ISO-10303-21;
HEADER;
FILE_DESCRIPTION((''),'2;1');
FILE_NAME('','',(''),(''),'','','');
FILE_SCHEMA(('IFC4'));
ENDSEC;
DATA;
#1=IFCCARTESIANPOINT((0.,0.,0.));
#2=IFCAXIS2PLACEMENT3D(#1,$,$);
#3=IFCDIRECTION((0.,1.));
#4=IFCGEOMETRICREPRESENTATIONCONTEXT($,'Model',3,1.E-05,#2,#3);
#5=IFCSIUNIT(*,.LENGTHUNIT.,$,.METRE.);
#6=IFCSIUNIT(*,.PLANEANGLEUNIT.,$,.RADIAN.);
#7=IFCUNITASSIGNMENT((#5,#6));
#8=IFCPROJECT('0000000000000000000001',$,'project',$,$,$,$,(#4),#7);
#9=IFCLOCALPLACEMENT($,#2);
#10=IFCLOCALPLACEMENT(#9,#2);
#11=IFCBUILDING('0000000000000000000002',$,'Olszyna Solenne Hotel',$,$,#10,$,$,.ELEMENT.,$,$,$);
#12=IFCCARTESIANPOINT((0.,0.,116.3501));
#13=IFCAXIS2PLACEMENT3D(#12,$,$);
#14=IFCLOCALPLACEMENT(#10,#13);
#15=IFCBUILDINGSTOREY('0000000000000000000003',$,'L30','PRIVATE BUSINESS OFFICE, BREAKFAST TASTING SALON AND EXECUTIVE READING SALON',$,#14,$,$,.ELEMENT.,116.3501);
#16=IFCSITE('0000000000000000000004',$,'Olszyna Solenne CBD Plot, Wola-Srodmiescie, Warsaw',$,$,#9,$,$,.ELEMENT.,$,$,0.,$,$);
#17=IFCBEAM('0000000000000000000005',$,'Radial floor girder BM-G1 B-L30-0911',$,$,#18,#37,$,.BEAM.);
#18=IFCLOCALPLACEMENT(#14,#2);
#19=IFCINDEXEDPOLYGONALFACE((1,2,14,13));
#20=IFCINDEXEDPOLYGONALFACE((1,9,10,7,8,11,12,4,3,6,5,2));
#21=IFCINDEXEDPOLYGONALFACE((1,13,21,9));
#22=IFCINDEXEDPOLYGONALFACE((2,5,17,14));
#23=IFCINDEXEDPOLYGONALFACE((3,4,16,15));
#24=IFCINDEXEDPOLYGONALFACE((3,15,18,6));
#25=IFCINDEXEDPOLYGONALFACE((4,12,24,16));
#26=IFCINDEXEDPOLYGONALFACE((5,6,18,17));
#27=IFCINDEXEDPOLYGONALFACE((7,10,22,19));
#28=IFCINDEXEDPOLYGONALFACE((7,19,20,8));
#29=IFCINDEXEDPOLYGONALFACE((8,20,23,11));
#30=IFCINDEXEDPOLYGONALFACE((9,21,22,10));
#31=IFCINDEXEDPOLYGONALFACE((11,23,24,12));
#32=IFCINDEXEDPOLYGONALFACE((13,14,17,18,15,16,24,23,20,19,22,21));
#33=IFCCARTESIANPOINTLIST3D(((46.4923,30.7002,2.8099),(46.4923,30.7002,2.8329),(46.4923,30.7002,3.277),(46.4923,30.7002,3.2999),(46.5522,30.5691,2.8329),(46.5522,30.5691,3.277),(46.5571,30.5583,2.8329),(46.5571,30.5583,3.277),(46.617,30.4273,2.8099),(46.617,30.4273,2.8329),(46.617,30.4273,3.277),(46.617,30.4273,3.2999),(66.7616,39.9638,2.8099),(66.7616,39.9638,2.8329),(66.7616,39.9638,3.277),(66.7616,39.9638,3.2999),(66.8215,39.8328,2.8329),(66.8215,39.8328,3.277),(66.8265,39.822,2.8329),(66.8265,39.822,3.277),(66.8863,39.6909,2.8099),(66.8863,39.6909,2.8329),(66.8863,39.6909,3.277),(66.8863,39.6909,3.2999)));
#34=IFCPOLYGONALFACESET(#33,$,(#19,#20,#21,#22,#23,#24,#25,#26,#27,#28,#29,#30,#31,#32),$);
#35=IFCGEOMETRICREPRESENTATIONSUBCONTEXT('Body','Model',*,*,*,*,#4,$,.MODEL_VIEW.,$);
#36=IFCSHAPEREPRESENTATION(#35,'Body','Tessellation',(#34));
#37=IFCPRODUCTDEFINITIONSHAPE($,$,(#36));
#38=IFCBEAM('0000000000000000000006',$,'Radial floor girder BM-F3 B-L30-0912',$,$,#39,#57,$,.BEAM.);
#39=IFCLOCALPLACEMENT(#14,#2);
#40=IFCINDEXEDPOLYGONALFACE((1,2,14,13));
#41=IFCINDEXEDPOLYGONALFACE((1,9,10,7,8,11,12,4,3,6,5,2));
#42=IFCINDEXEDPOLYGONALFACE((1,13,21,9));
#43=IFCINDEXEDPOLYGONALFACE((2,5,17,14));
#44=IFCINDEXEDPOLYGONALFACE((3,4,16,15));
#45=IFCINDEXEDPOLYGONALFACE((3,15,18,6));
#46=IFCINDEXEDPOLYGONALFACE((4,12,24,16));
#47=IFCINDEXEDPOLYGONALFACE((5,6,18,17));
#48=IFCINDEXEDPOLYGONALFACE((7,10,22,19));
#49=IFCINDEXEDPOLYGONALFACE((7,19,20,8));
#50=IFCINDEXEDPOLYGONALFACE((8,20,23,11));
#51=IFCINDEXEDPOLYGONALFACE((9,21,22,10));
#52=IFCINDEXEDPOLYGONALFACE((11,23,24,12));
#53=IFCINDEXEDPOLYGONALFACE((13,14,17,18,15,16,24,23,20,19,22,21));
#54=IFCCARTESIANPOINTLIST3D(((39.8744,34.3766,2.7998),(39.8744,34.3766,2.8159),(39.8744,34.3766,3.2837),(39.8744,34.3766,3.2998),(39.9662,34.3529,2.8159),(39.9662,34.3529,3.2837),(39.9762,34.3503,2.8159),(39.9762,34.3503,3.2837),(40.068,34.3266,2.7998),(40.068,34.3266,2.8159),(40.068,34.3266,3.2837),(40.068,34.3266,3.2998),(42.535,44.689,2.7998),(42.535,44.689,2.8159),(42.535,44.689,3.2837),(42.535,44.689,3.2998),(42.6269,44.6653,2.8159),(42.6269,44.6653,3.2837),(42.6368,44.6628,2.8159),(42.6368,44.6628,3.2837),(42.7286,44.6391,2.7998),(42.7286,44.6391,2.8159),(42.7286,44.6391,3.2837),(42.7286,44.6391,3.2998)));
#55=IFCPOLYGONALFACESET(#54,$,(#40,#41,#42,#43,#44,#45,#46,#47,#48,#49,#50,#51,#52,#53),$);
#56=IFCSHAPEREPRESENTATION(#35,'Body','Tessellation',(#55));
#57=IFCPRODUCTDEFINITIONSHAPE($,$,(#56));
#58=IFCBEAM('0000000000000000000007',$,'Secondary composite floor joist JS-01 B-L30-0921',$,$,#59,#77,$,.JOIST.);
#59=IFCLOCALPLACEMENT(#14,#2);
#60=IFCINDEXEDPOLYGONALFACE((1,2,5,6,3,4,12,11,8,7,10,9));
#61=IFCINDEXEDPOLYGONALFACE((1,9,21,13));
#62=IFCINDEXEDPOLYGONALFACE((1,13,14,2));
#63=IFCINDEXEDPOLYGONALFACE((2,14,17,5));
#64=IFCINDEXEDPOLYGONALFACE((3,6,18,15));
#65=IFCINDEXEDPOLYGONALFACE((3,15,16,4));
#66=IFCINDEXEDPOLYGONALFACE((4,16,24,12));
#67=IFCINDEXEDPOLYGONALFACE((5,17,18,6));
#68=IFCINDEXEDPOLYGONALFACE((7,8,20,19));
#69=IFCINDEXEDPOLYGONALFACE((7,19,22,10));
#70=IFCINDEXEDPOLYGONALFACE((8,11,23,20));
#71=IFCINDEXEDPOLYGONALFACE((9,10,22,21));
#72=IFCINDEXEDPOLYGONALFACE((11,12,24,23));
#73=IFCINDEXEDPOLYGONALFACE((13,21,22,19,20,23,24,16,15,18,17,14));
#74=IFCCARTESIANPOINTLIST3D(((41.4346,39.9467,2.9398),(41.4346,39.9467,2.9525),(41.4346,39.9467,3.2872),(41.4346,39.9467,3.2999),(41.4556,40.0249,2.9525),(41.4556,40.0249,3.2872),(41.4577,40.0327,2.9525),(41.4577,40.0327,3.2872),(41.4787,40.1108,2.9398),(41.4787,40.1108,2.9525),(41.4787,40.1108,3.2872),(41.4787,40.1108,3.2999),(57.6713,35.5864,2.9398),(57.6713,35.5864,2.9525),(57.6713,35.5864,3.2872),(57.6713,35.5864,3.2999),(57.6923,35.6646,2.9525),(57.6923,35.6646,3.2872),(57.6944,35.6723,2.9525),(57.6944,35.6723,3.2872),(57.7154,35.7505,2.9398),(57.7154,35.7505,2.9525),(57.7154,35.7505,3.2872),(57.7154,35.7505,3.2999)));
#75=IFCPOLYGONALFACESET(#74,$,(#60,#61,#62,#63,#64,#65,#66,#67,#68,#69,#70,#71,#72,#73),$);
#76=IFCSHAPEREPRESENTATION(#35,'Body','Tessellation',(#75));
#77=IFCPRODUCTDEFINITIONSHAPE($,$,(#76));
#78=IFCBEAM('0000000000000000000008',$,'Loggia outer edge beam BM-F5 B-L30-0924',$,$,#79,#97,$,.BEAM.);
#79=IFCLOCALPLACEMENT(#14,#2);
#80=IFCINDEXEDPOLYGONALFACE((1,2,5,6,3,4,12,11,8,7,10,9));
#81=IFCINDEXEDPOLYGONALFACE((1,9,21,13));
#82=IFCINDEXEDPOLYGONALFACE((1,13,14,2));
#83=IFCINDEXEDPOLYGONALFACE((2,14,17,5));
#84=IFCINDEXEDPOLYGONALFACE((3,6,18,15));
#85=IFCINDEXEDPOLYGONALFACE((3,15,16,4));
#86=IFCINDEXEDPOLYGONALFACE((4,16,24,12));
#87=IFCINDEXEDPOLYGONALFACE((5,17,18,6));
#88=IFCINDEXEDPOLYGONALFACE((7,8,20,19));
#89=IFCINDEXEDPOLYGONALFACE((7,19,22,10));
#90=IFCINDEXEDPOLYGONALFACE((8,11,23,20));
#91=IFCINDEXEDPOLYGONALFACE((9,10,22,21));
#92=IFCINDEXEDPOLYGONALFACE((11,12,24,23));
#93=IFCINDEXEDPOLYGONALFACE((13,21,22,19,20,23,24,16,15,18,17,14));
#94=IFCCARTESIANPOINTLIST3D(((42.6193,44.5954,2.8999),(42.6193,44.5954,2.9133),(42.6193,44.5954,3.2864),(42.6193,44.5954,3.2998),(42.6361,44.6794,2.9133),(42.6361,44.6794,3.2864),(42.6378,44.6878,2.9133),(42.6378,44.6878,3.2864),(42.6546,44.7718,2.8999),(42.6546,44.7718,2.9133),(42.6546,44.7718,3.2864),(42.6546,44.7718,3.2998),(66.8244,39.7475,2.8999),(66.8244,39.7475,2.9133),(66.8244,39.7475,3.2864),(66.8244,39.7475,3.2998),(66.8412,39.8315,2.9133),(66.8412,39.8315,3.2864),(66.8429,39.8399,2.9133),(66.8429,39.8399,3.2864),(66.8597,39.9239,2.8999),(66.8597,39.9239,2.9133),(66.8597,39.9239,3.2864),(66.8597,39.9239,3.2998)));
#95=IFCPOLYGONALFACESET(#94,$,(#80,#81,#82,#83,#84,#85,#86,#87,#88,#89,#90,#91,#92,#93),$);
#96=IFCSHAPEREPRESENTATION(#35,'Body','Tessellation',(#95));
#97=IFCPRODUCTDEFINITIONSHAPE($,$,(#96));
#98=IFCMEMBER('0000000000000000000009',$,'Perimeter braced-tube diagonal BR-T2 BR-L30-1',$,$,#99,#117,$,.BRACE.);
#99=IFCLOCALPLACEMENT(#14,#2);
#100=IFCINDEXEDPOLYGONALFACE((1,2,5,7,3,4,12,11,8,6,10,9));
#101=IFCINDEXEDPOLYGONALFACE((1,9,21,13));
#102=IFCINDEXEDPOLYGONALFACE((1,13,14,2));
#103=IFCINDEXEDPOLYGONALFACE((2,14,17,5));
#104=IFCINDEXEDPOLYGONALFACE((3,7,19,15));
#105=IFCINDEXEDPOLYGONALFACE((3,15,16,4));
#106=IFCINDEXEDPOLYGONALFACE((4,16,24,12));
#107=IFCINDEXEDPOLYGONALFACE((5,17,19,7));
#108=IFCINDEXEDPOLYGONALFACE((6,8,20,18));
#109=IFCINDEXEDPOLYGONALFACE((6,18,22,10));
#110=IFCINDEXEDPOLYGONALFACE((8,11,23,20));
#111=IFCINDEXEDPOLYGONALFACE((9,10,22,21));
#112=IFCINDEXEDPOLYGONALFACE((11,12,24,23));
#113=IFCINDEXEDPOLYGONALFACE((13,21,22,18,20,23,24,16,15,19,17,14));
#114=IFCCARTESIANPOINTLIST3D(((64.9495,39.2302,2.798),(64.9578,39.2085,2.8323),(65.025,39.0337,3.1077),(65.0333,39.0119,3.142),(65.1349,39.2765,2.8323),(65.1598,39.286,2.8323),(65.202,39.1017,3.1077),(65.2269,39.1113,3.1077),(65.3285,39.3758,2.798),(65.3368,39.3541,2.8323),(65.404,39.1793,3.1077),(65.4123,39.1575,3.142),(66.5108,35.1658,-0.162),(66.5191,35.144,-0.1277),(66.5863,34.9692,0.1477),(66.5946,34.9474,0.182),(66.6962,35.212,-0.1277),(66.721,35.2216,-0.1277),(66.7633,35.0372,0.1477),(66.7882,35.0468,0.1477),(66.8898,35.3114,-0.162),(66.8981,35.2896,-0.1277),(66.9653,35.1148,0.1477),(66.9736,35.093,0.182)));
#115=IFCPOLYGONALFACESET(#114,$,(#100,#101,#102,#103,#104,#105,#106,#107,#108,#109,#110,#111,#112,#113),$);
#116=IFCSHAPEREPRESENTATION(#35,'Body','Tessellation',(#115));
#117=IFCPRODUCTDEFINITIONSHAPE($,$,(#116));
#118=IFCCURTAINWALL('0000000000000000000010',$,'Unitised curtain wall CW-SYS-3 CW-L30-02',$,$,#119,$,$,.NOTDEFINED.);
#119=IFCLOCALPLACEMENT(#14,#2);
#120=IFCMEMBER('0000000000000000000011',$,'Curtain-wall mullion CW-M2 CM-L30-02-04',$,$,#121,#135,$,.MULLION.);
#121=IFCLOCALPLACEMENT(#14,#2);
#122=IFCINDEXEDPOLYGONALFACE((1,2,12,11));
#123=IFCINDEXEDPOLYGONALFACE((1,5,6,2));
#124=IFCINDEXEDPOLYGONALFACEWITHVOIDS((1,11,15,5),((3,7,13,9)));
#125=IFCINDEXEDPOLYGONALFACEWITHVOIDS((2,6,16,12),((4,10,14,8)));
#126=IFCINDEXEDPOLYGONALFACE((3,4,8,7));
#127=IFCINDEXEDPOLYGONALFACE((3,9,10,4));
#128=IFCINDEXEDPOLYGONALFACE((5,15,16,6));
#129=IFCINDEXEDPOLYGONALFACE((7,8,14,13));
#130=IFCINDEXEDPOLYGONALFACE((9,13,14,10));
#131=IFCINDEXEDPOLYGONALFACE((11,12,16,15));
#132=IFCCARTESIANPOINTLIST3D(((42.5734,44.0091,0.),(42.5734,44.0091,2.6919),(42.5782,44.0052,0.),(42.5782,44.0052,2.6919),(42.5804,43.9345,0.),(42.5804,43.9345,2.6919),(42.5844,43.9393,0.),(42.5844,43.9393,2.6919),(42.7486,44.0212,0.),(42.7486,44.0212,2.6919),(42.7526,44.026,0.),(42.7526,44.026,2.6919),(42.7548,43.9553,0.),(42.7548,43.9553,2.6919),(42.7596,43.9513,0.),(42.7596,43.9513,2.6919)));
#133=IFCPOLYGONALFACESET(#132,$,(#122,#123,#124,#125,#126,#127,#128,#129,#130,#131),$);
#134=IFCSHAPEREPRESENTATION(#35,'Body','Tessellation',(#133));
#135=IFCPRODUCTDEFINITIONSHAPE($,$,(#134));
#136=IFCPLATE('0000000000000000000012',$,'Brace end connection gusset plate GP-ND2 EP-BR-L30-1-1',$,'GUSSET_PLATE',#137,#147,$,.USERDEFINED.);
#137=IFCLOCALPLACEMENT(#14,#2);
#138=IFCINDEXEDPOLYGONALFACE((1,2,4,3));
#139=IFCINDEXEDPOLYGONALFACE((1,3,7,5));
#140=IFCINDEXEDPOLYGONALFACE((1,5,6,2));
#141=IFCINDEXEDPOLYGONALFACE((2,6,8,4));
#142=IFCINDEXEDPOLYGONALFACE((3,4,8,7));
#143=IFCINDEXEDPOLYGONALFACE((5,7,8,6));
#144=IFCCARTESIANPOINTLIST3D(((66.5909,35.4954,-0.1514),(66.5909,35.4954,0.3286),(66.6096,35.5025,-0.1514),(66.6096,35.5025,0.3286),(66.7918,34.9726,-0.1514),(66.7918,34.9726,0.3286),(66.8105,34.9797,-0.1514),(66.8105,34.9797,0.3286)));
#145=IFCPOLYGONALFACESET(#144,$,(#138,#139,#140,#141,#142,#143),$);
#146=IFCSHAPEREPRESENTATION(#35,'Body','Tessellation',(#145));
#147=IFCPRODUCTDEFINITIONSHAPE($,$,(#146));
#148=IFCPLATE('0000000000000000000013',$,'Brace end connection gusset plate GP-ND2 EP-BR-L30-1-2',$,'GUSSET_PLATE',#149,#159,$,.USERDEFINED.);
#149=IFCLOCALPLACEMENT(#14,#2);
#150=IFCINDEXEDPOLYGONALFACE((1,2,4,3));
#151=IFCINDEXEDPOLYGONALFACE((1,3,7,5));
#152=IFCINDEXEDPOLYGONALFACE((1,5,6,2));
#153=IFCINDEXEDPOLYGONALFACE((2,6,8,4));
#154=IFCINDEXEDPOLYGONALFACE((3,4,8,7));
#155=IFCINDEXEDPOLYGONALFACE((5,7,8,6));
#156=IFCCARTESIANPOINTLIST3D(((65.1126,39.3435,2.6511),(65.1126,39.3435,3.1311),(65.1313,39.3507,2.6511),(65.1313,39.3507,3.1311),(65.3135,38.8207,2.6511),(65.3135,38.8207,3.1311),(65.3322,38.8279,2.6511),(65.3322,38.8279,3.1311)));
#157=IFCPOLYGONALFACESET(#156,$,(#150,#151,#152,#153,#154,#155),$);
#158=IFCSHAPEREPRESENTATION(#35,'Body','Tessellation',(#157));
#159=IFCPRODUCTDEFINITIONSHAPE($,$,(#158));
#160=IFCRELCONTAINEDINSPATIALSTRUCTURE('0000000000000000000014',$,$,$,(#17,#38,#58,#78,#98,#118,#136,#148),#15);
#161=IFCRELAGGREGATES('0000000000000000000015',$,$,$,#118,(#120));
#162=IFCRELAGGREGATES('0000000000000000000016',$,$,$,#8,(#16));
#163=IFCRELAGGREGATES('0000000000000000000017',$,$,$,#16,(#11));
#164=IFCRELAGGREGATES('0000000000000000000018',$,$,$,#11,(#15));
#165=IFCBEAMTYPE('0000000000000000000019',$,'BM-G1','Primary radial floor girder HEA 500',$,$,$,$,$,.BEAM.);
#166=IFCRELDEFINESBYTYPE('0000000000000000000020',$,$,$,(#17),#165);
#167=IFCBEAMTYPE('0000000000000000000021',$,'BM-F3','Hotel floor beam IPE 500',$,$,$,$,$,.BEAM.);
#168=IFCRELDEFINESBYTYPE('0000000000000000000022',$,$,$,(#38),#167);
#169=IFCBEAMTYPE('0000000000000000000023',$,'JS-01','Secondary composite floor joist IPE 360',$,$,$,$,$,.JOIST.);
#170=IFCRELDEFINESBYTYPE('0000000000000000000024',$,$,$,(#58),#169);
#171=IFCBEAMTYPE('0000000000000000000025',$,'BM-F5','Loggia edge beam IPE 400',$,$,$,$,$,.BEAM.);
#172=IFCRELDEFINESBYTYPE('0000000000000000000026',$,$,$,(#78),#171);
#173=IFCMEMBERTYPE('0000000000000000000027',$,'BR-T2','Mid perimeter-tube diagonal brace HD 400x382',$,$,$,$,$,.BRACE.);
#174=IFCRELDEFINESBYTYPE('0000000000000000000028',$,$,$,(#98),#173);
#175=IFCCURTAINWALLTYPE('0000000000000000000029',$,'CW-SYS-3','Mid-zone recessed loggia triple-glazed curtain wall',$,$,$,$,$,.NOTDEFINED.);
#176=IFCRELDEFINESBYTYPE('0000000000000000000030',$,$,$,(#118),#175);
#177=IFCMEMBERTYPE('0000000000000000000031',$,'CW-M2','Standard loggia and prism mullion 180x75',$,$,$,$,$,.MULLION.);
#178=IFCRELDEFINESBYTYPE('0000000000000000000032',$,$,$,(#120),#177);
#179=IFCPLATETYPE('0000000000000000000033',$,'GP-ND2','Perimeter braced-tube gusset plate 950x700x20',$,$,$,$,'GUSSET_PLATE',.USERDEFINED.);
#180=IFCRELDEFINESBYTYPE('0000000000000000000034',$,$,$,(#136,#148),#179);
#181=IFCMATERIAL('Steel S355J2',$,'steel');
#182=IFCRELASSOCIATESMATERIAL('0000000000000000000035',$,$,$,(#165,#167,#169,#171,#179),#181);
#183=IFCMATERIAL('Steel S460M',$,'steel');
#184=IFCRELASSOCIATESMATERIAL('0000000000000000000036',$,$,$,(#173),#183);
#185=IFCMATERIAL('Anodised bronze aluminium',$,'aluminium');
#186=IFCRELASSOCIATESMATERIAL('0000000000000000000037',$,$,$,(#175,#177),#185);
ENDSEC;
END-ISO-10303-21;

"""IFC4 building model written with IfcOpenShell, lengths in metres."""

from ifc_helpers import new_model, si_unit, direction, frame, origin, origin_2d, place, context, subcontext, project, spatial, rectangle, hollow_rectangle, i_section, extrude, source, transform, mapped, material, material_profile, profile_set, type_object, element, aggregate, save


model = new_model("IFC4")

# Units and contexts
model_context = context("Model", 3, precision=1e-05, world=origin(), true_north=direction((0.0, 1.0)))
body_context = subcontext(model_context, "Body", "Model", "MODEL_VIEW")
ifc_project = project(units=[si_unit("LENGTHUNIT", "METRE"), si_unit("PLANEANGLEUNIT", "RADIAN")], contexts=[model_context])

# Site, building, storey
site_placement = place(None, origin())
site = spatial("IfcSite", under=ifc_project, at=site_placement, Name="Olszyna Solenne CBD Plot, Wola-Srodmiescie, Warsaw", CompositionType="ELEMENT", RefElevation=0.0)
building_placement = place(site_placement, origin())
building = spatial("IfcBuilding", under=site, at=building_placement, Name="Olszyna Solenne Hotel", CompositionType="ELEMENT")
storey_placement = place(building_placement, frame((0.0, 0.0, 116.3501)))
storey = spatial("IfcBuildingStorey", under=building, at=storey_placement, Name="L30", Description="PRIVATE BUSINESS OFFICE, BREAKFAST TASTING SALON AND EXECUTIVE READING SALON", CompositionType="ELEMENT", Elevation=116.3501)

# Shared definitions
ifc_material_1 = material(Name="Steel S460M", Category="steel")

# Beams
ifc_material_2 = material(Name="Steel S355J2", Category="steel")
ifc_material_profile_1 = material_profile(ifc_material_2, i_section(OverallWidth=0.3, OverallDepth=0.49, WebThickness=0.012, FlangeThickness=0.0229, at=origin_2d()), Name="HEA 500", Category="load-bearing")
ifc_profile_set_1 = profile_set([ifc_material_profile_1], Name="Steel S355J2")
beam_type_1 = type_object("IfcBeamType", Name="BM-G1", Description="Primary radial floor girder HEA 500", PredefinedType="BEAM", material=ifc_profile_set_1)
shared_shape_1 = source(origin(), body_context, "Body", "SweptSolid", [
    extrude(i_section(OverallWidth=0.3, OverallDepth=0.49, WebThickness=0.012, FlangeThickness=0.0229, at=origin_2d()), origin(), (0.0, 0.0, 1.0), 22.2859),
])
beam_1_placement = place(storey_placement, frame((66.824, 39.8274, 3.0549), z_axis=(-0.909513, -0.415675, 0.0), x_axis=(0.415675, -0.909513, 0.0)))
element("IfcBeam", 1, at=beam_1_placement, inside=storey, type_object=beam_type_1, Name="Radial floor girder BM-G1 B-L30-0911", PredefinedType="BEAM", context=body_context, shape_type="MappedRepresentation", body=[
    mapped(shared_shape_1, transform((0.0, 0.0, 0.0), x_axis=(1.0, 0.0, 0.0), y_axis=(0.0, 1.0, 0.0), z_axis=(0.0, 0.0, 1.0), scale=1.0)),
])
ifc_material_profile_2 = material_profile(ifc_material_2, i_section(OverallWidth=0.2, OverallDepth=0.5, WebThickness=0.0103, FlangeThickness=0.0161, at=origin_2d()), Name="IPE 500", Category="load-bearing")
ifc_profile_set_2 = profile_set([ifc_material_profile_2], Name="Steel S355J2")
beam_type_2 = type_object("IfcBeamType", Name="BM-F3", Description="Hotel floor beam IPE 500", PredefinedType="BEAM", material=ifc_profile_set_2)
shared_shape_2 = source(origin(), body_context, "Body", "SweptSolid", [
    extrude(i_section(OverallWidth=0.2, OverallDepth=0.5, WebThickness=0.0103, FlangeThickness=0.0161, at=origin_2d()), origin(), (0.0, 0.0, 1.0), 10.6501),
])
beam_2_placement = place(storey_placement, frame((42.6318, 44.6641, 3.0498), z_axis=(-0.249821, -0.968292, 0.0), x_axis=(0.968292, -0.249821, 0.0)))
element("IfcBeam", 2, at=beam_2_placement, inside=storey, type_object=beam_type_2, Name="Radial floor girder BM-F3 B-L30-0912", PredefinedType="BEAM", context=body_context, shape_type="MappedRepresentation", body=[
    mapped(shared_shape_2, transform((0.0, 0.0, 0.0), x_axis=(1.0, 0.0, 0.0), y_axis=(0.0, 1.0, 0.0), z_axis=(0.0, 0.0, 1.0), scale=1.0)),
])
ifc_material_profile_3 = material_profile(ifc_material_2, i_section(OverallWidth=0.1699, OverallDepth=0.3601, WebThickness=0.0081, FlangeThickness=0.0127, at=origin_2d()), Name="IPE 360", Category="load-bearing")
ifc_profile_set_3 = profile_set([ifc_material_profile_3], Name="Steel S355J2")
beam_type_3 = type_object("IfcBeamType", Name="JS-01", Description="Secondary composite floor joist IPE 360", PredefinedType="JOIST", material=ifc_profile_set_3)
shared_shape_3 = source(origin(), body_context, "Body", "SweptSolid", [
    extrude(i_section(OverallWidth=0.1699, OverallDepth=0.3601, WebThickness=0.0081, FlangeThickness=0.0127, at=origin_2d()), origin(), (0.0, 0.0, 1.0), 16.812),
])
beam_3_placement = place(storey_placement, frame((57.6934, 35.6685, 3.1199), z_axis=(-0.965781, 0.259358, 0.0), x_axis=(-0.259358, -0.965781, 0.0)))
element("IfcBeam", 3, at=beam_3_placement, inside=storey, type_object=beam_type_3, Name="Secondary composite floor joist JS-01 B-L30-0921", PredefinedType="JOIST", context=body_context, shape_type="MappedRepresentation", body=[
    mapped(shared_shape_3, transform((0.0, 0.0, 0.0), x_axis=(1.0, 0.0, 0.0), y_axis=(0.0, 1.0, 0.0), z_axis=(0.0, 0.0, 1.0), scale=1.0)),
])
ifc_material_profile_4 = material_profile(ifc_material_2, i_section(OverallWidth=0.1799, OverallDepth=0.3999, WebThickness=0.0085, FlangeThickness=0.0134, at=origin_2d()), Name="IPE 400", Category="load-bearing")
ifc_profile_set_4 = profile_set([ifc_material_profile_4], Name="Steel S355J2")
beam_type_4 = type_object("IfcBeamType", Name="BM-F5", Description="Loggia edge beam IPE 400", PredefinedType="BEAM", material=ifc_profile_set_4)
shared_shape_4 = source(origin(), body_context, "Body", "SweptSolid", [
    extrude(i_section(OverallWidth=0.1799, OverallDepth=0.3999, WebThickness=0.0085, FlangeThickness=0.0134, at=origin_2d()), origin(), (0.0, 0.0, 1.0), 24.6858),
])
beam_4_placement = place(storey_placement, frame((66.842, 39.8357, 3.0999), z_axis=(-0.980527, 0.196384, 0.0), x_axis=(-0.196384, -0.980527, 0.0)))
element("IfcBeam", 4, at=beam_4_placement, inside=storey, type_object=beam_type_4, Name="Loggia outer edge beam BM-F5 B-L30-0924", PredefinedType="BEAM", context=body_context, shape_type="MappedRepresentation", body=[
    mapped(shared_shape_4, transform((0.0, 0.0, 0.0), x_axis=(1.0, 0.0, 0.0), y_axis=(0.0, 1.0, 0.0), z_axis=(0.0, 0.0, 1.0), scale=1.0)),
])

# Member
ifc_material_profile_5 = material_profile(ifc_material_1, i_section(OverallWidth=0.406, OverallDepth=0.416, WebThickness=0.0266, FlangeThickness=0.0415, at=origin_2d()), Name="HD 400x382", Category="load-bearing")
ifc_profile_set_5 = profile_set([ifc_material_profile_5], Name="Steel S460M")
member_type_1 = type_object("IfcMemberType", Name="BR-T2", Description="Mid perimeter-tube diagonal brace HD 400x382", PredefinedType="BRACE", material=ifc_profile_set_5)
shared_shape_5 = source(origin(), body_context, "Body", "SweptSolid", [
    extrude(i_section(OverallWidth=0.406, OverallDepth=0.416, WebThickness=0.0266, FlangeThickness=0.0415, at=origin_2d()), origin(), (0.0, 0.0, 1.0), 5.2649),
])
member_1_placement = place(storey_placement, frame((66.7422, 35.1294, 0.01), z_axis=(-0.296547, 0.771997, 0.562211), x_axis=(-0.933497, -0.358585, 0.0)))
element("IfcMember", 5, at=member_1_placement, inside=storey, type_object=member_type_1, Name="Perimeter braced-tube diagonal BR-T2 BR-L30-1", PredefinedType="BRACE", context=body_context, shape_type="MappedRepresentation", body=[
    mapped(shared_shape_5, transform((0.0, 0.0, 0.0), x_axis=(1.0, 0.0, 0.0), y_axis=(0.0, 1.0, 0.0), z_axis=(0.0, 0.0, 1.0), scale=1.0)),
])

# Curtain wall, member
ifc_material_3 = material(Name="Anodised bronze aluminium", Category="aluminium")
curtain_wall_type = type_object("IfcCurtainWallType", Name="CW-SYS-3", Description="Mid-zone recessed loggia triple-glazed curtain wall", PredefinedType="NOTDEFINED", material=ifc_material_3)
curtain_wall_placement = place(storey_placement, origin())
curtain_wall = element("IfcCurtainWall", 6, at=curtain_wall_placement, inside=storey, type_object=curtain_wall_type, Name="Unitised curtain wall CW-SYS-3 CW-L30-02", PredefinedType="NOTDEFINED")
ifc_material_profile_6 = material_profile(ifc_material_3, hollow_rectangle(XDim=0.075, YDim=0.1799, WallThickness=0.0044, at=origin_2d()), Name="MULL 180x75x4.5", Category="load-bearing")
ifc_profile_set_6 = profile_set([ifc_material_profile_6], Name="Anodised bronze aluminium")
member_type_2 = type_object("IfcMemberType", Name="CW-M2", Description="Standard loggia and prism mullion 180x75", PredefinedType="MULLION", material=ifc_profile_set_6)
shared_shape_6 = source(origin(), body_context, "Body", "SweptSolid", [
    extrude(hollow_rectangle(XDim=0.075, YDim=0.1799, WallThickness=0.0044, at=origin_2d()), origin(), (0.0, 0.0, 1.0), 2.6919),
])
member_2_placement = place(storey_placement, frame((42.6665, 43.9802, 0.0), z_axis=(0.0, 0.0, 1.0), x_axis=(-0.093582, 0.995612, 0.0)))
member_2 = element("IfcMember", 7, at=member_2_placement, type_object=member_type_2, Name="Curtain-wall mullion CW-M2 CM-L30-02-04", PredefinedType="MULLION", context=body_context, shape_type="MappedRepresentation", body=[
    mapped(shared_shape_6, transform((0.0, 0.0, 0.0), x_axis=(1.0, 0.0, 0.0), y_axis=(0.0, 1.0, 0.0), z_axis=(0.0, 0.0, 1.0), scale=1.0)),
])
aggregate(curtain_wall, [member_2])

# Plates
plate_type = type_object("IfcPlateType", Name="GP-ND2", Description="Perimeter braced-tube gusset plate 950x700x20", ElementType="GUSSET_PLATE", PredefinedType="USERDEFINED", material=ifc_material_2)
shared_shape_7 = source(origin(), body_context, "Body", "SweptSolid", [
    extrude(rectangle(XDim=0.5601, YDim=0.02, at=origin_2d()), origin(), (0.0, 0.0, 1.0), 0.48),
])
for number, where, z_axis, x_axis, name in (
    (8, (66.7007, 35.2375, -0.1514), (0.0, 0.0, 1.0), (-0.358694, 0.933455, 0.0), "Brace end connection gusset plate GP-ND2 EP-BR-L30-1-1"),
    (9, (65.2224, 39.0857, 2.6511), (0.0, 0.0, 1.0), (-0.358694, 0.933455, 0.0), "Brace end connection gusset plate GP-ND2 EP-BR-L30-1-2"),
):
    element("IfcPlate", number, at=place(storey_placement, frame(where, z_axis=z_axis, x_axis=x_axis)), inside=storey, type_object=plate_type, Name=name, ObjectType="GUSSET_PLATE", PredefinedType="USERDEFINED", context=body_context, shape_type="MappedRepresentation", body=[
        mapped(shared_shape_7, transform((0.0, 0.0, 0.0), x_axis=(1.0, 0.0, 0.0), y_axis=(0.0, 1.0, 0.0), z_axis=(0.0, 0.0, 1.0), scale=1.0)),
    ])

save(model, "model.ifc")
